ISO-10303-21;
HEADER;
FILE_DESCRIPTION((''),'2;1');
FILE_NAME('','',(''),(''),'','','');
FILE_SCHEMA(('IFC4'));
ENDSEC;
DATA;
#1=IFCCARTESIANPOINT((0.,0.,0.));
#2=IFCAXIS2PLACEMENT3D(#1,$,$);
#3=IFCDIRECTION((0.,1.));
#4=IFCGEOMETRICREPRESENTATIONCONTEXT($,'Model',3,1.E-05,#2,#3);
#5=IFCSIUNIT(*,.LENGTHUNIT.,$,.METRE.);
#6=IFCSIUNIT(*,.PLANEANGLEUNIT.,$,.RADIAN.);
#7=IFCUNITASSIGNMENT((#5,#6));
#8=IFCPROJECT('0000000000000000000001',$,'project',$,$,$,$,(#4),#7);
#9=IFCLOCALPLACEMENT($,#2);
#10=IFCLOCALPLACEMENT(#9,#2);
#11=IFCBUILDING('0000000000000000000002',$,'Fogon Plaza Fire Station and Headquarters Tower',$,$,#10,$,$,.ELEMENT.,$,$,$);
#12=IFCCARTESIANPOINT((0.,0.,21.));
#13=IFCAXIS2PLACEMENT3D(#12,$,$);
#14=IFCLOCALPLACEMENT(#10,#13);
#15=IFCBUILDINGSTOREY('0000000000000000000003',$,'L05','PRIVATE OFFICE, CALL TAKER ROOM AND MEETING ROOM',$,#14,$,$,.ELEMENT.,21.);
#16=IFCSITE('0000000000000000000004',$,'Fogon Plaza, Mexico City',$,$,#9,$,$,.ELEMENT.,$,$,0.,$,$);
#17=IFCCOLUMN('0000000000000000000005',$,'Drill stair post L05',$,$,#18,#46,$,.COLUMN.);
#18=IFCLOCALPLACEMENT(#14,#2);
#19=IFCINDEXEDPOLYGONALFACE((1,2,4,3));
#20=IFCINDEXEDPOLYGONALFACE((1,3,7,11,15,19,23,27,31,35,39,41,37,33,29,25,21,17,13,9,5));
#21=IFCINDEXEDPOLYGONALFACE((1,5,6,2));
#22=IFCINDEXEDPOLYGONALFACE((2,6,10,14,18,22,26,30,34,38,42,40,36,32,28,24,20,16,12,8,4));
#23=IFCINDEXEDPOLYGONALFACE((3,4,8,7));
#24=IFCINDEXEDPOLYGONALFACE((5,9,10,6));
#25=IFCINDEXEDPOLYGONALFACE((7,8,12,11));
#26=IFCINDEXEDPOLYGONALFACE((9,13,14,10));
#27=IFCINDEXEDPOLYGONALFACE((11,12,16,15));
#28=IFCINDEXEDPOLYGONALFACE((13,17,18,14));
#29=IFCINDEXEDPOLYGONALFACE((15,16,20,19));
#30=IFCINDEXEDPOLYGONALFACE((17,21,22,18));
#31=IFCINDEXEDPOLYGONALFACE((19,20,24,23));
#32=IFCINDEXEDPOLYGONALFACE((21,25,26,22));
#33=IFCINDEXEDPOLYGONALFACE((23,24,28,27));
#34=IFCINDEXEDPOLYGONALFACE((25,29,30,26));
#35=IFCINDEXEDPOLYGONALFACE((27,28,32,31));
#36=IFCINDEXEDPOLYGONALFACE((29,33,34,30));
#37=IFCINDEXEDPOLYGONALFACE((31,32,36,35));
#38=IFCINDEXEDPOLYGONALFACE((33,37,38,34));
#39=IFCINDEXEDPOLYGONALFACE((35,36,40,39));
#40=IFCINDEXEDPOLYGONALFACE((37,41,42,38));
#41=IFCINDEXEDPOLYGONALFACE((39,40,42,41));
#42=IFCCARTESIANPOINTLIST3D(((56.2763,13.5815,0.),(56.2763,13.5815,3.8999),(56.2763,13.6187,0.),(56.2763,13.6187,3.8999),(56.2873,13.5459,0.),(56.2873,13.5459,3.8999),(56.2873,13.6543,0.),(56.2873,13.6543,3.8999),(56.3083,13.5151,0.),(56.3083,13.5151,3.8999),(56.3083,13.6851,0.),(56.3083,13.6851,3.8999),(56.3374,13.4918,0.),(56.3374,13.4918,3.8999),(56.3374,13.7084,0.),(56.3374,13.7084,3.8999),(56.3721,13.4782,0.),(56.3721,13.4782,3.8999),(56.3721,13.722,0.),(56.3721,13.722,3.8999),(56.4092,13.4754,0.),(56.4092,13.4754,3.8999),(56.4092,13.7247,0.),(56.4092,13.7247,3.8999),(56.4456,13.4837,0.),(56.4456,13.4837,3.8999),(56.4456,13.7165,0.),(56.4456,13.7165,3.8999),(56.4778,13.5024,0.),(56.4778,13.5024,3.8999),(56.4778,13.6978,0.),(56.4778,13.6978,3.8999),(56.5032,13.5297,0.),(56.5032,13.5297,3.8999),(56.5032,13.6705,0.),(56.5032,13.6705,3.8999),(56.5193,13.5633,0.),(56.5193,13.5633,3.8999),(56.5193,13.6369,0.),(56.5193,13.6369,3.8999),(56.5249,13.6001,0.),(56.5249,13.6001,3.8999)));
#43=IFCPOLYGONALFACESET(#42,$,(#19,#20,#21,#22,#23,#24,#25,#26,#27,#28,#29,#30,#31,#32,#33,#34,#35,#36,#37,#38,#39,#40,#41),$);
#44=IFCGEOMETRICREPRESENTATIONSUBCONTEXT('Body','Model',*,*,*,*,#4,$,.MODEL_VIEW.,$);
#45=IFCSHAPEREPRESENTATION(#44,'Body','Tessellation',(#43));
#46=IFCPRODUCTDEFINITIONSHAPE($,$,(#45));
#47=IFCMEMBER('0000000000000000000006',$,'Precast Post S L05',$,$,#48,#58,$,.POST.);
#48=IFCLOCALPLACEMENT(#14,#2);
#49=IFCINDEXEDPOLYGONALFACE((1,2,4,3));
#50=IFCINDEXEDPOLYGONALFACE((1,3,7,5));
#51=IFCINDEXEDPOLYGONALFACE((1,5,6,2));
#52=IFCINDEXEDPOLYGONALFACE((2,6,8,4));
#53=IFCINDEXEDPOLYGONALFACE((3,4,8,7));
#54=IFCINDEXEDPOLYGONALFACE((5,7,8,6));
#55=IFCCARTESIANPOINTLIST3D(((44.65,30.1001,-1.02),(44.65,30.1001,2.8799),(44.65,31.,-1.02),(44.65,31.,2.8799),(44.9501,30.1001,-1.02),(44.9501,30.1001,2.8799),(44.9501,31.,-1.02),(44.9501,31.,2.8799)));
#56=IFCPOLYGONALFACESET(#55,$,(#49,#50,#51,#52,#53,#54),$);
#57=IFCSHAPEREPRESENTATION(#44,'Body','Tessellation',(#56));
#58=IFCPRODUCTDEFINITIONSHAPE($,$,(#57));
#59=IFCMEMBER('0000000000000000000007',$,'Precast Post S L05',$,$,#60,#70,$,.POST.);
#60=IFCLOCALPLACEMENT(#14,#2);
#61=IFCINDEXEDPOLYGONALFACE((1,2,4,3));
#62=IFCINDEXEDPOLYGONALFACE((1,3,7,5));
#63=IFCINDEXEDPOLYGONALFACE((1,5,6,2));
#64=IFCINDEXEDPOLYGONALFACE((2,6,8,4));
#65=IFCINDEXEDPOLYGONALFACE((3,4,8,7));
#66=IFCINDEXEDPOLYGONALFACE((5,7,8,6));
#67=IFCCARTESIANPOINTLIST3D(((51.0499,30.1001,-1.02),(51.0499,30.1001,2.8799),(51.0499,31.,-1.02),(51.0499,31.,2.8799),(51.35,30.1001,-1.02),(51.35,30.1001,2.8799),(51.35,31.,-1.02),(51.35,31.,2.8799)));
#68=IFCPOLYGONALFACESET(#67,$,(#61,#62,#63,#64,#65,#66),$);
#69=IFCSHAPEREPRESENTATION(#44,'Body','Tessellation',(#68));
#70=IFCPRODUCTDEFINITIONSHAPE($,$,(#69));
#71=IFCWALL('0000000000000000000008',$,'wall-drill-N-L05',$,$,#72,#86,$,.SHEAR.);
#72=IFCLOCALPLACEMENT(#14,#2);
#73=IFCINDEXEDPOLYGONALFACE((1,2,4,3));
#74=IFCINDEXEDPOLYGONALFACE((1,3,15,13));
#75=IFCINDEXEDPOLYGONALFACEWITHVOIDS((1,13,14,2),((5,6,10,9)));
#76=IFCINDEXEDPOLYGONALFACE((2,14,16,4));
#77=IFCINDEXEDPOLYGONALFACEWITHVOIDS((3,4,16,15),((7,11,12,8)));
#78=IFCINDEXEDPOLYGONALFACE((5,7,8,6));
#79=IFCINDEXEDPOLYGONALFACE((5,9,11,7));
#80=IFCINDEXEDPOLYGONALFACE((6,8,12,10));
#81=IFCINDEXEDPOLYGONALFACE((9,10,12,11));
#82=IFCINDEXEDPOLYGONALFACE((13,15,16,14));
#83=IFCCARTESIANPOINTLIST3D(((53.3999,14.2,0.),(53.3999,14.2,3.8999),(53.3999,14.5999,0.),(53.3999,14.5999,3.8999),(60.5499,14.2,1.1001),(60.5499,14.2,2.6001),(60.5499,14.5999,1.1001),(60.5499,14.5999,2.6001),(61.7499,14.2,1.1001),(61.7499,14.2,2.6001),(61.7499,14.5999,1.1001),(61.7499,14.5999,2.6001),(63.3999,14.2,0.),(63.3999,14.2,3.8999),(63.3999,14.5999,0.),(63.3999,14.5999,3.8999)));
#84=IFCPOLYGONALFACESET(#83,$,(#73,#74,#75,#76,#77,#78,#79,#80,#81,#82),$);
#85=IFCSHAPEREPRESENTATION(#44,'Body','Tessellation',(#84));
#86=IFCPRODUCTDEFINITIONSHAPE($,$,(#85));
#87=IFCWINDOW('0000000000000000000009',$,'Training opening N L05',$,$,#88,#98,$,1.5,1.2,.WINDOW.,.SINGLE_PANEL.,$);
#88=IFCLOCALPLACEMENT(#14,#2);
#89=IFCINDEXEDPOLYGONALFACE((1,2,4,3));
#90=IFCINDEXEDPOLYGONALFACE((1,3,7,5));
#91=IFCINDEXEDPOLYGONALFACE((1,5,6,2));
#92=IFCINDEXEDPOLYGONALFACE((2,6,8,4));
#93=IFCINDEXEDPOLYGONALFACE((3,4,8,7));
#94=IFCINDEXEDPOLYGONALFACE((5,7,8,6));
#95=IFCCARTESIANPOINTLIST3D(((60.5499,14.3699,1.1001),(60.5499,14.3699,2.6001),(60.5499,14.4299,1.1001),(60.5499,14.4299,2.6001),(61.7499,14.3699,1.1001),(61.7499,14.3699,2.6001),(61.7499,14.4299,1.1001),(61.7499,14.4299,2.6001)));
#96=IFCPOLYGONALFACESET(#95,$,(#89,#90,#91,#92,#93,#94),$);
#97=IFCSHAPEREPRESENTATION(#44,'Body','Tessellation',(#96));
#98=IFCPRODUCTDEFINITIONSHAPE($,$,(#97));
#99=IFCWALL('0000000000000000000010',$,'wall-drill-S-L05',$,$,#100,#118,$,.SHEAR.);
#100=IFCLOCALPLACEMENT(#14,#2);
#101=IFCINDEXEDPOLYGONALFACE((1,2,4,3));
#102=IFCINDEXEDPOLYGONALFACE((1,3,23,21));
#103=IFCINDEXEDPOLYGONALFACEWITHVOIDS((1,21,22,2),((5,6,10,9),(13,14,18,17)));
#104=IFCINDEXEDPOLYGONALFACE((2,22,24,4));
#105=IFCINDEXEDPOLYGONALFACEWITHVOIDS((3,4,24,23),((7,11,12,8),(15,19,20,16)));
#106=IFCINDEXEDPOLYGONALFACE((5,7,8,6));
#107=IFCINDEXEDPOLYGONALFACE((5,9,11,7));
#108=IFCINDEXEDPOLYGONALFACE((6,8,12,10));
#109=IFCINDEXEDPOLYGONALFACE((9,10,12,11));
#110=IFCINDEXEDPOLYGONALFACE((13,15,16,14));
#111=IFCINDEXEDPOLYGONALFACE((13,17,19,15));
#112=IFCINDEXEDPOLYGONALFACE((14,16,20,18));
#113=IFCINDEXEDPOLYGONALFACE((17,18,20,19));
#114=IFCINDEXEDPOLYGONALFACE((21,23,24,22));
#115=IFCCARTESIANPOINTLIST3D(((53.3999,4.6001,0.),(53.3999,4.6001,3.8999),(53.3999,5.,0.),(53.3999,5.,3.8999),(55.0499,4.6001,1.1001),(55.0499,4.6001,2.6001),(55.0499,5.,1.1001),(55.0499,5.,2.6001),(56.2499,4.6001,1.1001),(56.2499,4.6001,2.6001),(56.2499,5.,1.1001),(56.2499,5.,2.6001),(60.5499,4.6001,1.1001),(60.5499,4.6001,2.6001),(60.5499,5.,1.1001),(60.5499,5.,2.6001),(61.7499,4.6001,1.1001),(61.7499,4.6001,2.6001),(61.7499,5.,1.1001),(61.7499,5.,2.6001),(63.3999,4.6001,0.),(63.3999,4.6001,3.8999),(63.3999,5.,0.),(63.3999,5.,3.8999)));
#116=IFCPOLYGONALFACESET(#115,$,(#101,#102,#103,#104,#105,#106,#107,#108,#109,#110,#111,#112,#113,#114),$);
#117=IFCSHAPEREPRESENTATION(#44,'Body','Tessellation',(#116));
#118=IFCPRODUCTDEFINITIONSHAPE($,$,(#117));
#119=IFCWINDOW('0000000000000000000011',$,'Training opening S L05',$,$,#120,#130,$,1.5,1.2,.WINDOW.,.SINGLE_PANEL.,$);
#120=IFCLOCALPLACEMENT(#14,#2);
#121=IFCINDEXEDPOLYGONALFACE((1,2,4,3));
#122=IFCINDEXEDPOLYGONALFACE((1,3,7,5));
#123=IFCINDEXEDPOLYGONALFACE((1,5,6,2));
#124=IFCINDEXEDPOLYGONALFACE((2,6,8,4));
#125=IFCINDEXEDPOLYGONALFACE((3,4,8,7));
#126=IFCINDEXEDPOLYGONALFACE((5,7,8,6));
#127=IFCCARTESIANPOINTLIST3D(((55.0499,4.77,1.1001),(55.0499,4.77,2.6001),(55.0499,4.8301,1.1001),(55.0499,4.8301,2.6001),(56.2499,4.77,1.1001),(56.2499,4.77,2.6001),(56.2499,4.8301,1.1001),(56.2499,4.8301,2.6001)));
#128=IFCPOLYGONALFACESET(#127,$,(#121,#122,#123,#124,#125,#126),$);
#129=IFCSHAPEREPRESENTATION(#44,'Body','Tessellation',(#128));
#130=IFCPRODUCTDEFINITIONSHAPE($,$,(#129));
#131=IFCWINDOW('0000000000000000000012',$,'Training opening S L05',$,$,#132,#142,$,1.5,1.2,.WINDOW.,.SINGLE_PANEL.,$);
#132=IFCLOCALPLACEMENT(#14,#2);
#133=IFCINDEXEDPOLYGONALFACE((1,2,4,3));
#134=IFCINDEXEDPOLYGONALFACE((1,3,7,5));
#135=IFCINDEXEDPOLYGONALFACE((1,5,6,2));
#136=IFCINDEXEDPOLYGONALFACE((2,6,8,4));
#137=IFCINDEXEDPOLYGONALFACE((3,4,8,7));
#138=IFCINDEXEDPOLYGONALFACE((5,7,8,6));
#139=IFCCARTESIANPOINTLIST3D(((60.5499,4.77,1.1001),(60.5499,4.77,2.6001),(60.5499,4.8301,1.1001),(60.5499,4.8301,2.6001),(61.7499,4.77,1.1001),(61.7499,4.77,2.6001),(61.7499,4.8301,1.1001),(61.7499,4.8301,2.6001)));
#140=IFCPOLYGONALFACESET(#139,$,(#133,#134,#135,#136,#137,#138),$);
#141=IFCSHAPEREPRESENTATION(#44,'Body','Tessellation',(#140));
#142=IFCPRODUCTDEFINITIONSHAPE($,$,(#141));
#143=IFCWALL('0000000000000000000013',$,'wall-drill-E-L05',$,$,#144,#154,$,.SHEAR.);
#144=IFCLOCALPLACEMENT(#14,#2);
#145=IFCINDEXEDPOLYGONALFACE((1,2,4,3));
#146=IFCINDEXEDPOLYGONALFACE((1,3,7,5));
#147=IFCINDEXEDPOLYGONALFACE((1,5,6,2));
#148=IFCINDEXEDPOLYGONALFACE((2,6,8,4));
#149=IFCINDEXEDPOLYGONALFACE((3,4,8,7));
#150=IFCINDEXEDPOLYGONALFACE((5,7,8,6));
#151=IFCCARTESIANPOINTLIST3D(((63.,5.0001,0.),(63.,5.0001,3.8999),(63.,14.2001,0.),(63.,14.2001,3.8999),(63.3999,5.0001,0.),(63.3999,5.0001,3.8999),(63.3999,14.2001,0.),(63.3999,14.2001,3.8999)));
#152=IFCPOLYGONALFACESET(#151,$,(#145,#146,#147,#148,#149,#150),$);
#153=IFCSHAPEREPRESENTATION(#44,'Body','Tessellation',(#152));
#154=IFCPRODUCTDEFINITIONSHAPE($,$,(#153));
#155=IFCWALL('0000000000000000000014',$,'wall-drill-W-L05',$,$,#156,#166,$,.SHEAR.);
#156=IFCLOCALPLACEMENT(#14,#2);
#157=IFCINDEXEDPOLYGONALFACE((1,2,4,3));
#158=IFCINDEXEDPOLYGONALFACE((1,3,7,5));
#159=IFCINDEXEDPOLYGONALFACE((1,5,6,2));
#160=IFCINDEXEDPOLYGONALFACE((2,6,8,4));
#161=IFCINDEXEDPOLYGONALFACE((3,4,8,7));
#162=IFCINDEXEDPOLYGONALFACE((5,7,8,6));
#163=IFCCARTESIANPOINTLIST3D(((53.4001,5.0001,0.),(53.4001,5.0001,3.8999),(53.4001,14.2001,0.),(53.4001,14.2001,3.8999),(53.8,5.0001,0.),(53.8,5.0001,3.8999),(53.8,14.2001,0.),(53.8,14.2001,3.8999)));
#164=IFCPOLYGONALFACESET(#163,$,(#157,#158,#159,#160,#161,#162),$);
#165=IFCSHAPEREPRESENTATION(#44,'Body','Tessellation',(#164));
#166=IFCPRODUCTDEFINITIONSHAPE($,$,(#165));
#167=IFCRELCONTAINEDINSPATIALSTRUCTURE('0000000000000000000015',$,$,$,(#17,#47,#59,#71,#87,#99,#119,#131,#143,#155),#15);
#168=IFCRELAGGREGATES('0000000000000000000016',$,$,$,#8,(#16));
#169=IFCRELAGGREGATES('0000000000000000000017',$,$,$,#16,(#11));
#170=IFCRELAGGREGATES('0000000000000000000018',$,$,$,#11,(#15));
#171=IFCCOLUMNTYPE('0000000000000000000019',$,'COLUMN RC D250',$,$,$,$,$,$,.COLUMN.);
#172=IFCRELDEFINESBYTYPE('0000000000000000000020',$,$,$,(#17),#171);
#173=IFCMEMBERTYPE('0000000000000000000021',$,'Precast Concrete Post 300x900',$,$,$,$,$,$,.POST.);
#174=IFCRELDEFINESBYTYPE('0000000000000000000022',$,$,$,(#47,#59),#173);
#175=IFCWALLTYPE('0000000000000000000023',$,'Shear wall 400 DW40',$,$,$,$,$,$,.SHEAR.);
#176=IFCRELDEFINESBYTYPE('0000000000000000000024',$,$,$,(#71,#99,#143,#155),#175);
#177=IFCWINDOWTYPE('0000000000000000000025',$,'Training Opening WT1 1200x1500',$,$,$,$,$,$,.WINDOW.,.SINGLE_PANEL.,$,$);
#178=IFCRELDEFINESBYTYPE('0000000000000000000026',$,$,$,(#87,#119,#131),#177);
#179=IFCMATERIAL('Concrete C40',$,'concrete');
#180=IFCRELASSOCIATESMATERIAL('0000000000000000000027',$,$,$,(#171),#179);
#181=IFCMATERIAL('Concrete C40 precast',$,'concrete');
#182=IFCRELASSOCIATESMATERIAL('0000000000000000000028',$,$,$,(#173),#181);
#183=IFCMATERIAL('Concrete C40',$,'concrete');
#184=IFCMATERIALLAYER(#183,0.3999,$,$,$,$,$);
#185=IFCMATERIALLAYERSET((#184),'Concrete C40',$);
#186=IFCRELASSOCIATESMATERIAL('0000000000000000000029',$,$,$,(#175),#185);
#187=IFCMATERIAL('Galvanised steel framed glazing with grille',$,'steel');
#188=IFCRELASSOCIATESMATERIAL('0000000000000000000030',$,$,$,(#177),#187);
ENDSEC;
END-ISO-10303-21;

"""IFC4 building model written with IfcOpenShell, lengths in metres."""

from ifc_helpers import new_model, si_unit, direction, frame, frame_2d, origin, origin_2d, place, context, subcontext, project, spatial, rectangle, circle, extrude, material, layer, layer_set, material_profile, profile_set, type_object, element, fill, save


model = new_model("IFC4")

# Units and contexts
model_context = context("Model", 3, precision=1e-05, world=origin(), true_north=direction((0.0, 1.0)))
body_context = subcontext(model_context, "Body", "Model", "MODEL_VIEW")
ifc_project = project(units=[si_unit("LENGTHUNIT", "METRE"), si_unit("PLANEANGLEUNIT", "RADIAN")], contexts=[model_context])

# Site, building, storey
site_placement = place(None, origin())
site = spatial("IfcSite", under=ifc_project, at=site_placement, Name="Fogon Plaza, Mexico City", CompositionType="ELEMENT", RefElevation=0.0)
building_placement = place(site_placement, origin())
building = spatial("IfcBuilding", under=site, at=building_placement, Name="Fogon Plaza Fire Station and Headquarters Tower", CompositionType="ELEMENT")
storey_placement = place(building_placement, frame((0.0, 0.0, 21.0)))
storey = spatial("IfcBuildingStorey", under=building, at=storey_placement, Name="L05", Description="PRIVATE OFFICE, CALL TAKER ROOM AND MEETING ROOM", CompositionType="ELEMENT", Elevation=21.0)

# Column
ifc_material_1 = material(Name="Concrete C40", Category="concrete")
ifc_material_profile_1 = material_profile(ifc_material_1, circle(Radius=0.125, at=origin_2d()), Name="RC D250")
ifc_profile_set_1 = profile_set([ifc_material_profile_1], Name="Concrete C40")
column_type = type_object("IfcColumnType", Name="COLUMN RC D250", PredefinedType="COLUMN", material=ifc_profile_set_1)
column_placement = place(storey_placement, frame((56.3999, 13.6001, 0.0), z_axis=(0.0, 0.0, 1.0), x_axis=(1.0, 0.0, 0.0)))
element("IfcColumn", 1, at=column_placement, inside=storey, type_object=column_type, Name="Drill stair post L05", PredefinedType="COLUMN", context=body_context, shape_type="SweptSolid", body=[
    extrude(circle(Radius=0.125, at=origin_2d()), origin(), (0.0, 0.0, 1.0), 3.8999),
])

# Members
ifc_material_2 = material(Name="Concrete C40 precast", Category="concrete")
ifc_material_profile_2 = material_profile(ifc_material_2, rectangle(XDim=0.3, YDim=0.8999, at=origin_2d()), Name="Precast Concrete Post 300x900")
ifc_profile_set_2 = profile_set([ifc_material_profile_2], Name="Concrete C40 precast")
member_type = type_object("IfcMemberType", Name="Precast Concrete Post 300x900", PredefinedType="POST", material=ifc_profile_set_2)
for number, where, z_axis, x_axis, name in (
    (2, (44.8, 30.55, -1.02), (0.0, 0.0, 1.0), (1.0, 0.0, 0.0), "Precast Post S L05"),
    (3, (51.2, 30.55, -1.02), (0.0, 0.0, 1.0), (1.0, 0.0, 0.0), "Precast Post S L05"),
):
    element("IfcMember", number, at=place(storey_placement, frame(where, z_axis=z_axis, x_axis=x_axis)), inside=storey, type_object=member_type, Name=name, PredefinedType="POST", context=body_context, shape_type="SweptSolid", body=[
        extrude(rectangle(XDim=0.3, YDim=0.8999, at=origin_2d()), origin(), (0.0, 0.0, 1.0), 3.8999),
    ])

# Wall, opening, window
ifc_material_3 = material(Name="Concrete C40", Category="concrete")
ifc_layer = layer(ifc_material_3, 0.3999)
ifc_layer_set = layer_set([ifc_layer], Name="Concrete C40")
wall_type = type_object("IfcWallType", Name="Shear wall 400 DW40", PredefinedType="SHEAR", material=ifc_layer_set)
wall_1_placement = place(storey_placement, frame((53.3999, 14.3999, 0.0), z_axis=(0.0, 0.0, 1.0), x_axis=(1.0, 0.0, 0.0)))
wall_1 = element("IfcWall", 4, at=wall_1_placement, inside=storey, type_object=wall_type, Name="wall-drill-N-L05", PredefinedType="SHEAR", context=body_context, shape_type="SweptSolid", body=[
    extrude(rectangle(XDim=10.0, YDim=0.3999, at=frame_2d((5.0, 0.0))), origin(), (0.0, 0.0, 1.0), 3.8999),
])
opening_1_placement = place(wall_1_placement, frame((7.1499, 0.0, 1.1001)))
opening_1 = element("IfcOpeningElement", 5, at=opening_1_placement, cuts=wall_1, PredefinedType="OPENING", context=body_context, shape_type="SweptSolid", body=[
    extrude(rectangle(XDim=1.2, YDim=1.5, at=frame_2d((0.6001, 0.75))), frame((0.0, 0.21, 0.0), z_axis=(0.0, -1.0, 0.0), x_axis=(1.0, 0.0, 0.0)), (0.0, 0.0, 1.0), 0.4199),
])
ifc_material_4 = material(Name="Galvanised steel framed glazing with grille", Category="steel")
window_type = type_object("IfcWindowType", Name="Training Opening WT1 1200x1500", PartitioningType="SINGLE_PANEL", PredefinedType="WINDOW", material=ifc_material_4)
window_1_placement = place(opening_1_placement, origin())
window_1 = element("IfcWindow", 6, at=window_1_placement, inside=storey, type_object=window_type, Name="Training opening N L05", OverallHeight=1.5, OverallWidth=1.2, PartitioningType="SINGLE_PANEL", PredefinedType="WINDOW", context=body_context, shape_type="SweptSolid", body=[
    extrude(rectangle(XDim=1.2, YDim=1.5, at=frame_2d((0.6001, 0.75))), frame((0.0, 0.03, 0.0), z_axis=(0.0, -1.0, 0.0), x_axis=(1.0, 0.0, 0.0)), (0.0, 0.0, 1.0), 0.0601),
])
fill(opening_1, window_1)

# Wall, openings, windows
wall_2_placement = place(storey_placement, frame((53.3999, 4.8, 0.0), z_axis=(0.0, 0.0, 1.0), x_axis=(1.0, 0.0, 0.0)))
wall_2 = element("IfcWall", 7, at=wall_2_placement, inside=storey, type_object=wall_type, Name="wall-drill-S-L05", PredefinedType="SHEAR", context=body_context, shape_type="SweptSolid", body=[
    extrude(rectangle(XDim=10.0, YDim=0.3999, at=frame_2d((5.0, 0.0))), origin(), (0.0, 0.0, 1.0), 3.8999),
])
opening_2_placement = place(wall_2_placement, frame((1.6499, 0.0, 1.1001)))
opening_2 = element("IfcOpeningElement", 8, at=opening_2_placement, cuts=wall_2, PredefinedType="OPENING", context=body_context, shape_type="SweptSolid", body=[
    extrude(rectangle(XDim=1.2, YDim=1.5, at=frame_2d((0.6001, 0.75))), frame((0.0, 0.21, 0.0), z_axis=(0.0, -1.0, 0.0), x_axis=(1.0, 0.0, 0.0)), (0.0, 0.0, 1.0), 0.4199),
])
opening_3_placement = place(wall_2_placement, frame((7.1499, 0.0, 1.1001)))
opening_3 = element("IfcOpeningElement", 9, at=opening_3_placement, cuts=wall_2, PredefinedType="OPENING", context=body_context, shape_type="SweptSolid", body=[
    extrude(rectangle(XDim=1.2, YDim=1.5, at=frame_2d((0.6001, 0.75))), frame((0.0, 0.21, 0.0), z_axis=(0.0, -1.0, 0.0), x_axis=(1.0, 0.0, 0.0)), (0.0, 0.0, 1.0), 0.4199),
])
window_2_placement = place(opening_2_placement, origin())
window_2 = element("IfcWindow", 10, at=window_2_placement, inside=storey, type_object=window_type, Name="Training opening S L05", OverallHeight=1.5, OverallWidth=1.2, PartitioningType="SINGLE_PANEL", PredefinedType="WINDOW", context=body_context, shape_type="SweptSolid", body=[
    extrude(rectangle(XDim=1.2, YDim=1.5, at=frame_2d((0.6001, 0.75))), frame((0.0, 0.03, 0.0), z_axis=(0.0, -1.0, 0.0), x_axis=(1.0, 0.0, 0.0)), (0.0, 0.0, 1.0), 0.0601),
])
fill(opening_2, window_2)
window_3_placement = place(opening_3_placement, origin())
window_3 = element("IfcWindow", 11, at=window_3_placement, inside=storey, type_object=window_type, Name="Training opening S L05", OverallHeight=1.5, OverallWidth=1.2, PartitioningType="SINGLE_PANEL", PredefinedType="WINDOW", context=body_context, shape_type="SweptSolid", body=[
    extrude(rectangle(XDim=1.2, YDim=1.5, at=frame_2d((0.6001, 0.75))), frame((0.0, 0.03, 0.0), z_axis=(0.0, -1.0, 0.0), x_axis=(1.0, 0.0, 0.0)), (0.0, 0.0, 1.0), 0.0601),
])
fill(opening_3, window_3)

# Walls
for number, where, z_axis, x_axis, name in (
    (12, (63.2, 5.0, 0.0), (0.0, 0.0, 1.0), (0.0, 1.0, 0.0), "wall-drill-E-L05"),
    (13, (53.6001, 5.0, 0.0), (0.0, 0.0, 1.0), (0.0, 1.0, 0.0), "wall-drill-W-L05"),
):
    element("IfcWall", number, at=place(storey_placement, frame(where, z_axis=z_axis, x_axis=x_axis)), inside=storey, type_object=wall_type, Name=name, PredefinedType="SHEAR", context=body_context, shape_type="SweptSolid", body=[
        extrude(rectangle(XDim=9.2, YDim=0.3999, at=frame_2d((4.6001, 0.0))), origin(), (0.0, 0.0, 1.0), 3.8999),
    ])

save(model, "model.ifc")
